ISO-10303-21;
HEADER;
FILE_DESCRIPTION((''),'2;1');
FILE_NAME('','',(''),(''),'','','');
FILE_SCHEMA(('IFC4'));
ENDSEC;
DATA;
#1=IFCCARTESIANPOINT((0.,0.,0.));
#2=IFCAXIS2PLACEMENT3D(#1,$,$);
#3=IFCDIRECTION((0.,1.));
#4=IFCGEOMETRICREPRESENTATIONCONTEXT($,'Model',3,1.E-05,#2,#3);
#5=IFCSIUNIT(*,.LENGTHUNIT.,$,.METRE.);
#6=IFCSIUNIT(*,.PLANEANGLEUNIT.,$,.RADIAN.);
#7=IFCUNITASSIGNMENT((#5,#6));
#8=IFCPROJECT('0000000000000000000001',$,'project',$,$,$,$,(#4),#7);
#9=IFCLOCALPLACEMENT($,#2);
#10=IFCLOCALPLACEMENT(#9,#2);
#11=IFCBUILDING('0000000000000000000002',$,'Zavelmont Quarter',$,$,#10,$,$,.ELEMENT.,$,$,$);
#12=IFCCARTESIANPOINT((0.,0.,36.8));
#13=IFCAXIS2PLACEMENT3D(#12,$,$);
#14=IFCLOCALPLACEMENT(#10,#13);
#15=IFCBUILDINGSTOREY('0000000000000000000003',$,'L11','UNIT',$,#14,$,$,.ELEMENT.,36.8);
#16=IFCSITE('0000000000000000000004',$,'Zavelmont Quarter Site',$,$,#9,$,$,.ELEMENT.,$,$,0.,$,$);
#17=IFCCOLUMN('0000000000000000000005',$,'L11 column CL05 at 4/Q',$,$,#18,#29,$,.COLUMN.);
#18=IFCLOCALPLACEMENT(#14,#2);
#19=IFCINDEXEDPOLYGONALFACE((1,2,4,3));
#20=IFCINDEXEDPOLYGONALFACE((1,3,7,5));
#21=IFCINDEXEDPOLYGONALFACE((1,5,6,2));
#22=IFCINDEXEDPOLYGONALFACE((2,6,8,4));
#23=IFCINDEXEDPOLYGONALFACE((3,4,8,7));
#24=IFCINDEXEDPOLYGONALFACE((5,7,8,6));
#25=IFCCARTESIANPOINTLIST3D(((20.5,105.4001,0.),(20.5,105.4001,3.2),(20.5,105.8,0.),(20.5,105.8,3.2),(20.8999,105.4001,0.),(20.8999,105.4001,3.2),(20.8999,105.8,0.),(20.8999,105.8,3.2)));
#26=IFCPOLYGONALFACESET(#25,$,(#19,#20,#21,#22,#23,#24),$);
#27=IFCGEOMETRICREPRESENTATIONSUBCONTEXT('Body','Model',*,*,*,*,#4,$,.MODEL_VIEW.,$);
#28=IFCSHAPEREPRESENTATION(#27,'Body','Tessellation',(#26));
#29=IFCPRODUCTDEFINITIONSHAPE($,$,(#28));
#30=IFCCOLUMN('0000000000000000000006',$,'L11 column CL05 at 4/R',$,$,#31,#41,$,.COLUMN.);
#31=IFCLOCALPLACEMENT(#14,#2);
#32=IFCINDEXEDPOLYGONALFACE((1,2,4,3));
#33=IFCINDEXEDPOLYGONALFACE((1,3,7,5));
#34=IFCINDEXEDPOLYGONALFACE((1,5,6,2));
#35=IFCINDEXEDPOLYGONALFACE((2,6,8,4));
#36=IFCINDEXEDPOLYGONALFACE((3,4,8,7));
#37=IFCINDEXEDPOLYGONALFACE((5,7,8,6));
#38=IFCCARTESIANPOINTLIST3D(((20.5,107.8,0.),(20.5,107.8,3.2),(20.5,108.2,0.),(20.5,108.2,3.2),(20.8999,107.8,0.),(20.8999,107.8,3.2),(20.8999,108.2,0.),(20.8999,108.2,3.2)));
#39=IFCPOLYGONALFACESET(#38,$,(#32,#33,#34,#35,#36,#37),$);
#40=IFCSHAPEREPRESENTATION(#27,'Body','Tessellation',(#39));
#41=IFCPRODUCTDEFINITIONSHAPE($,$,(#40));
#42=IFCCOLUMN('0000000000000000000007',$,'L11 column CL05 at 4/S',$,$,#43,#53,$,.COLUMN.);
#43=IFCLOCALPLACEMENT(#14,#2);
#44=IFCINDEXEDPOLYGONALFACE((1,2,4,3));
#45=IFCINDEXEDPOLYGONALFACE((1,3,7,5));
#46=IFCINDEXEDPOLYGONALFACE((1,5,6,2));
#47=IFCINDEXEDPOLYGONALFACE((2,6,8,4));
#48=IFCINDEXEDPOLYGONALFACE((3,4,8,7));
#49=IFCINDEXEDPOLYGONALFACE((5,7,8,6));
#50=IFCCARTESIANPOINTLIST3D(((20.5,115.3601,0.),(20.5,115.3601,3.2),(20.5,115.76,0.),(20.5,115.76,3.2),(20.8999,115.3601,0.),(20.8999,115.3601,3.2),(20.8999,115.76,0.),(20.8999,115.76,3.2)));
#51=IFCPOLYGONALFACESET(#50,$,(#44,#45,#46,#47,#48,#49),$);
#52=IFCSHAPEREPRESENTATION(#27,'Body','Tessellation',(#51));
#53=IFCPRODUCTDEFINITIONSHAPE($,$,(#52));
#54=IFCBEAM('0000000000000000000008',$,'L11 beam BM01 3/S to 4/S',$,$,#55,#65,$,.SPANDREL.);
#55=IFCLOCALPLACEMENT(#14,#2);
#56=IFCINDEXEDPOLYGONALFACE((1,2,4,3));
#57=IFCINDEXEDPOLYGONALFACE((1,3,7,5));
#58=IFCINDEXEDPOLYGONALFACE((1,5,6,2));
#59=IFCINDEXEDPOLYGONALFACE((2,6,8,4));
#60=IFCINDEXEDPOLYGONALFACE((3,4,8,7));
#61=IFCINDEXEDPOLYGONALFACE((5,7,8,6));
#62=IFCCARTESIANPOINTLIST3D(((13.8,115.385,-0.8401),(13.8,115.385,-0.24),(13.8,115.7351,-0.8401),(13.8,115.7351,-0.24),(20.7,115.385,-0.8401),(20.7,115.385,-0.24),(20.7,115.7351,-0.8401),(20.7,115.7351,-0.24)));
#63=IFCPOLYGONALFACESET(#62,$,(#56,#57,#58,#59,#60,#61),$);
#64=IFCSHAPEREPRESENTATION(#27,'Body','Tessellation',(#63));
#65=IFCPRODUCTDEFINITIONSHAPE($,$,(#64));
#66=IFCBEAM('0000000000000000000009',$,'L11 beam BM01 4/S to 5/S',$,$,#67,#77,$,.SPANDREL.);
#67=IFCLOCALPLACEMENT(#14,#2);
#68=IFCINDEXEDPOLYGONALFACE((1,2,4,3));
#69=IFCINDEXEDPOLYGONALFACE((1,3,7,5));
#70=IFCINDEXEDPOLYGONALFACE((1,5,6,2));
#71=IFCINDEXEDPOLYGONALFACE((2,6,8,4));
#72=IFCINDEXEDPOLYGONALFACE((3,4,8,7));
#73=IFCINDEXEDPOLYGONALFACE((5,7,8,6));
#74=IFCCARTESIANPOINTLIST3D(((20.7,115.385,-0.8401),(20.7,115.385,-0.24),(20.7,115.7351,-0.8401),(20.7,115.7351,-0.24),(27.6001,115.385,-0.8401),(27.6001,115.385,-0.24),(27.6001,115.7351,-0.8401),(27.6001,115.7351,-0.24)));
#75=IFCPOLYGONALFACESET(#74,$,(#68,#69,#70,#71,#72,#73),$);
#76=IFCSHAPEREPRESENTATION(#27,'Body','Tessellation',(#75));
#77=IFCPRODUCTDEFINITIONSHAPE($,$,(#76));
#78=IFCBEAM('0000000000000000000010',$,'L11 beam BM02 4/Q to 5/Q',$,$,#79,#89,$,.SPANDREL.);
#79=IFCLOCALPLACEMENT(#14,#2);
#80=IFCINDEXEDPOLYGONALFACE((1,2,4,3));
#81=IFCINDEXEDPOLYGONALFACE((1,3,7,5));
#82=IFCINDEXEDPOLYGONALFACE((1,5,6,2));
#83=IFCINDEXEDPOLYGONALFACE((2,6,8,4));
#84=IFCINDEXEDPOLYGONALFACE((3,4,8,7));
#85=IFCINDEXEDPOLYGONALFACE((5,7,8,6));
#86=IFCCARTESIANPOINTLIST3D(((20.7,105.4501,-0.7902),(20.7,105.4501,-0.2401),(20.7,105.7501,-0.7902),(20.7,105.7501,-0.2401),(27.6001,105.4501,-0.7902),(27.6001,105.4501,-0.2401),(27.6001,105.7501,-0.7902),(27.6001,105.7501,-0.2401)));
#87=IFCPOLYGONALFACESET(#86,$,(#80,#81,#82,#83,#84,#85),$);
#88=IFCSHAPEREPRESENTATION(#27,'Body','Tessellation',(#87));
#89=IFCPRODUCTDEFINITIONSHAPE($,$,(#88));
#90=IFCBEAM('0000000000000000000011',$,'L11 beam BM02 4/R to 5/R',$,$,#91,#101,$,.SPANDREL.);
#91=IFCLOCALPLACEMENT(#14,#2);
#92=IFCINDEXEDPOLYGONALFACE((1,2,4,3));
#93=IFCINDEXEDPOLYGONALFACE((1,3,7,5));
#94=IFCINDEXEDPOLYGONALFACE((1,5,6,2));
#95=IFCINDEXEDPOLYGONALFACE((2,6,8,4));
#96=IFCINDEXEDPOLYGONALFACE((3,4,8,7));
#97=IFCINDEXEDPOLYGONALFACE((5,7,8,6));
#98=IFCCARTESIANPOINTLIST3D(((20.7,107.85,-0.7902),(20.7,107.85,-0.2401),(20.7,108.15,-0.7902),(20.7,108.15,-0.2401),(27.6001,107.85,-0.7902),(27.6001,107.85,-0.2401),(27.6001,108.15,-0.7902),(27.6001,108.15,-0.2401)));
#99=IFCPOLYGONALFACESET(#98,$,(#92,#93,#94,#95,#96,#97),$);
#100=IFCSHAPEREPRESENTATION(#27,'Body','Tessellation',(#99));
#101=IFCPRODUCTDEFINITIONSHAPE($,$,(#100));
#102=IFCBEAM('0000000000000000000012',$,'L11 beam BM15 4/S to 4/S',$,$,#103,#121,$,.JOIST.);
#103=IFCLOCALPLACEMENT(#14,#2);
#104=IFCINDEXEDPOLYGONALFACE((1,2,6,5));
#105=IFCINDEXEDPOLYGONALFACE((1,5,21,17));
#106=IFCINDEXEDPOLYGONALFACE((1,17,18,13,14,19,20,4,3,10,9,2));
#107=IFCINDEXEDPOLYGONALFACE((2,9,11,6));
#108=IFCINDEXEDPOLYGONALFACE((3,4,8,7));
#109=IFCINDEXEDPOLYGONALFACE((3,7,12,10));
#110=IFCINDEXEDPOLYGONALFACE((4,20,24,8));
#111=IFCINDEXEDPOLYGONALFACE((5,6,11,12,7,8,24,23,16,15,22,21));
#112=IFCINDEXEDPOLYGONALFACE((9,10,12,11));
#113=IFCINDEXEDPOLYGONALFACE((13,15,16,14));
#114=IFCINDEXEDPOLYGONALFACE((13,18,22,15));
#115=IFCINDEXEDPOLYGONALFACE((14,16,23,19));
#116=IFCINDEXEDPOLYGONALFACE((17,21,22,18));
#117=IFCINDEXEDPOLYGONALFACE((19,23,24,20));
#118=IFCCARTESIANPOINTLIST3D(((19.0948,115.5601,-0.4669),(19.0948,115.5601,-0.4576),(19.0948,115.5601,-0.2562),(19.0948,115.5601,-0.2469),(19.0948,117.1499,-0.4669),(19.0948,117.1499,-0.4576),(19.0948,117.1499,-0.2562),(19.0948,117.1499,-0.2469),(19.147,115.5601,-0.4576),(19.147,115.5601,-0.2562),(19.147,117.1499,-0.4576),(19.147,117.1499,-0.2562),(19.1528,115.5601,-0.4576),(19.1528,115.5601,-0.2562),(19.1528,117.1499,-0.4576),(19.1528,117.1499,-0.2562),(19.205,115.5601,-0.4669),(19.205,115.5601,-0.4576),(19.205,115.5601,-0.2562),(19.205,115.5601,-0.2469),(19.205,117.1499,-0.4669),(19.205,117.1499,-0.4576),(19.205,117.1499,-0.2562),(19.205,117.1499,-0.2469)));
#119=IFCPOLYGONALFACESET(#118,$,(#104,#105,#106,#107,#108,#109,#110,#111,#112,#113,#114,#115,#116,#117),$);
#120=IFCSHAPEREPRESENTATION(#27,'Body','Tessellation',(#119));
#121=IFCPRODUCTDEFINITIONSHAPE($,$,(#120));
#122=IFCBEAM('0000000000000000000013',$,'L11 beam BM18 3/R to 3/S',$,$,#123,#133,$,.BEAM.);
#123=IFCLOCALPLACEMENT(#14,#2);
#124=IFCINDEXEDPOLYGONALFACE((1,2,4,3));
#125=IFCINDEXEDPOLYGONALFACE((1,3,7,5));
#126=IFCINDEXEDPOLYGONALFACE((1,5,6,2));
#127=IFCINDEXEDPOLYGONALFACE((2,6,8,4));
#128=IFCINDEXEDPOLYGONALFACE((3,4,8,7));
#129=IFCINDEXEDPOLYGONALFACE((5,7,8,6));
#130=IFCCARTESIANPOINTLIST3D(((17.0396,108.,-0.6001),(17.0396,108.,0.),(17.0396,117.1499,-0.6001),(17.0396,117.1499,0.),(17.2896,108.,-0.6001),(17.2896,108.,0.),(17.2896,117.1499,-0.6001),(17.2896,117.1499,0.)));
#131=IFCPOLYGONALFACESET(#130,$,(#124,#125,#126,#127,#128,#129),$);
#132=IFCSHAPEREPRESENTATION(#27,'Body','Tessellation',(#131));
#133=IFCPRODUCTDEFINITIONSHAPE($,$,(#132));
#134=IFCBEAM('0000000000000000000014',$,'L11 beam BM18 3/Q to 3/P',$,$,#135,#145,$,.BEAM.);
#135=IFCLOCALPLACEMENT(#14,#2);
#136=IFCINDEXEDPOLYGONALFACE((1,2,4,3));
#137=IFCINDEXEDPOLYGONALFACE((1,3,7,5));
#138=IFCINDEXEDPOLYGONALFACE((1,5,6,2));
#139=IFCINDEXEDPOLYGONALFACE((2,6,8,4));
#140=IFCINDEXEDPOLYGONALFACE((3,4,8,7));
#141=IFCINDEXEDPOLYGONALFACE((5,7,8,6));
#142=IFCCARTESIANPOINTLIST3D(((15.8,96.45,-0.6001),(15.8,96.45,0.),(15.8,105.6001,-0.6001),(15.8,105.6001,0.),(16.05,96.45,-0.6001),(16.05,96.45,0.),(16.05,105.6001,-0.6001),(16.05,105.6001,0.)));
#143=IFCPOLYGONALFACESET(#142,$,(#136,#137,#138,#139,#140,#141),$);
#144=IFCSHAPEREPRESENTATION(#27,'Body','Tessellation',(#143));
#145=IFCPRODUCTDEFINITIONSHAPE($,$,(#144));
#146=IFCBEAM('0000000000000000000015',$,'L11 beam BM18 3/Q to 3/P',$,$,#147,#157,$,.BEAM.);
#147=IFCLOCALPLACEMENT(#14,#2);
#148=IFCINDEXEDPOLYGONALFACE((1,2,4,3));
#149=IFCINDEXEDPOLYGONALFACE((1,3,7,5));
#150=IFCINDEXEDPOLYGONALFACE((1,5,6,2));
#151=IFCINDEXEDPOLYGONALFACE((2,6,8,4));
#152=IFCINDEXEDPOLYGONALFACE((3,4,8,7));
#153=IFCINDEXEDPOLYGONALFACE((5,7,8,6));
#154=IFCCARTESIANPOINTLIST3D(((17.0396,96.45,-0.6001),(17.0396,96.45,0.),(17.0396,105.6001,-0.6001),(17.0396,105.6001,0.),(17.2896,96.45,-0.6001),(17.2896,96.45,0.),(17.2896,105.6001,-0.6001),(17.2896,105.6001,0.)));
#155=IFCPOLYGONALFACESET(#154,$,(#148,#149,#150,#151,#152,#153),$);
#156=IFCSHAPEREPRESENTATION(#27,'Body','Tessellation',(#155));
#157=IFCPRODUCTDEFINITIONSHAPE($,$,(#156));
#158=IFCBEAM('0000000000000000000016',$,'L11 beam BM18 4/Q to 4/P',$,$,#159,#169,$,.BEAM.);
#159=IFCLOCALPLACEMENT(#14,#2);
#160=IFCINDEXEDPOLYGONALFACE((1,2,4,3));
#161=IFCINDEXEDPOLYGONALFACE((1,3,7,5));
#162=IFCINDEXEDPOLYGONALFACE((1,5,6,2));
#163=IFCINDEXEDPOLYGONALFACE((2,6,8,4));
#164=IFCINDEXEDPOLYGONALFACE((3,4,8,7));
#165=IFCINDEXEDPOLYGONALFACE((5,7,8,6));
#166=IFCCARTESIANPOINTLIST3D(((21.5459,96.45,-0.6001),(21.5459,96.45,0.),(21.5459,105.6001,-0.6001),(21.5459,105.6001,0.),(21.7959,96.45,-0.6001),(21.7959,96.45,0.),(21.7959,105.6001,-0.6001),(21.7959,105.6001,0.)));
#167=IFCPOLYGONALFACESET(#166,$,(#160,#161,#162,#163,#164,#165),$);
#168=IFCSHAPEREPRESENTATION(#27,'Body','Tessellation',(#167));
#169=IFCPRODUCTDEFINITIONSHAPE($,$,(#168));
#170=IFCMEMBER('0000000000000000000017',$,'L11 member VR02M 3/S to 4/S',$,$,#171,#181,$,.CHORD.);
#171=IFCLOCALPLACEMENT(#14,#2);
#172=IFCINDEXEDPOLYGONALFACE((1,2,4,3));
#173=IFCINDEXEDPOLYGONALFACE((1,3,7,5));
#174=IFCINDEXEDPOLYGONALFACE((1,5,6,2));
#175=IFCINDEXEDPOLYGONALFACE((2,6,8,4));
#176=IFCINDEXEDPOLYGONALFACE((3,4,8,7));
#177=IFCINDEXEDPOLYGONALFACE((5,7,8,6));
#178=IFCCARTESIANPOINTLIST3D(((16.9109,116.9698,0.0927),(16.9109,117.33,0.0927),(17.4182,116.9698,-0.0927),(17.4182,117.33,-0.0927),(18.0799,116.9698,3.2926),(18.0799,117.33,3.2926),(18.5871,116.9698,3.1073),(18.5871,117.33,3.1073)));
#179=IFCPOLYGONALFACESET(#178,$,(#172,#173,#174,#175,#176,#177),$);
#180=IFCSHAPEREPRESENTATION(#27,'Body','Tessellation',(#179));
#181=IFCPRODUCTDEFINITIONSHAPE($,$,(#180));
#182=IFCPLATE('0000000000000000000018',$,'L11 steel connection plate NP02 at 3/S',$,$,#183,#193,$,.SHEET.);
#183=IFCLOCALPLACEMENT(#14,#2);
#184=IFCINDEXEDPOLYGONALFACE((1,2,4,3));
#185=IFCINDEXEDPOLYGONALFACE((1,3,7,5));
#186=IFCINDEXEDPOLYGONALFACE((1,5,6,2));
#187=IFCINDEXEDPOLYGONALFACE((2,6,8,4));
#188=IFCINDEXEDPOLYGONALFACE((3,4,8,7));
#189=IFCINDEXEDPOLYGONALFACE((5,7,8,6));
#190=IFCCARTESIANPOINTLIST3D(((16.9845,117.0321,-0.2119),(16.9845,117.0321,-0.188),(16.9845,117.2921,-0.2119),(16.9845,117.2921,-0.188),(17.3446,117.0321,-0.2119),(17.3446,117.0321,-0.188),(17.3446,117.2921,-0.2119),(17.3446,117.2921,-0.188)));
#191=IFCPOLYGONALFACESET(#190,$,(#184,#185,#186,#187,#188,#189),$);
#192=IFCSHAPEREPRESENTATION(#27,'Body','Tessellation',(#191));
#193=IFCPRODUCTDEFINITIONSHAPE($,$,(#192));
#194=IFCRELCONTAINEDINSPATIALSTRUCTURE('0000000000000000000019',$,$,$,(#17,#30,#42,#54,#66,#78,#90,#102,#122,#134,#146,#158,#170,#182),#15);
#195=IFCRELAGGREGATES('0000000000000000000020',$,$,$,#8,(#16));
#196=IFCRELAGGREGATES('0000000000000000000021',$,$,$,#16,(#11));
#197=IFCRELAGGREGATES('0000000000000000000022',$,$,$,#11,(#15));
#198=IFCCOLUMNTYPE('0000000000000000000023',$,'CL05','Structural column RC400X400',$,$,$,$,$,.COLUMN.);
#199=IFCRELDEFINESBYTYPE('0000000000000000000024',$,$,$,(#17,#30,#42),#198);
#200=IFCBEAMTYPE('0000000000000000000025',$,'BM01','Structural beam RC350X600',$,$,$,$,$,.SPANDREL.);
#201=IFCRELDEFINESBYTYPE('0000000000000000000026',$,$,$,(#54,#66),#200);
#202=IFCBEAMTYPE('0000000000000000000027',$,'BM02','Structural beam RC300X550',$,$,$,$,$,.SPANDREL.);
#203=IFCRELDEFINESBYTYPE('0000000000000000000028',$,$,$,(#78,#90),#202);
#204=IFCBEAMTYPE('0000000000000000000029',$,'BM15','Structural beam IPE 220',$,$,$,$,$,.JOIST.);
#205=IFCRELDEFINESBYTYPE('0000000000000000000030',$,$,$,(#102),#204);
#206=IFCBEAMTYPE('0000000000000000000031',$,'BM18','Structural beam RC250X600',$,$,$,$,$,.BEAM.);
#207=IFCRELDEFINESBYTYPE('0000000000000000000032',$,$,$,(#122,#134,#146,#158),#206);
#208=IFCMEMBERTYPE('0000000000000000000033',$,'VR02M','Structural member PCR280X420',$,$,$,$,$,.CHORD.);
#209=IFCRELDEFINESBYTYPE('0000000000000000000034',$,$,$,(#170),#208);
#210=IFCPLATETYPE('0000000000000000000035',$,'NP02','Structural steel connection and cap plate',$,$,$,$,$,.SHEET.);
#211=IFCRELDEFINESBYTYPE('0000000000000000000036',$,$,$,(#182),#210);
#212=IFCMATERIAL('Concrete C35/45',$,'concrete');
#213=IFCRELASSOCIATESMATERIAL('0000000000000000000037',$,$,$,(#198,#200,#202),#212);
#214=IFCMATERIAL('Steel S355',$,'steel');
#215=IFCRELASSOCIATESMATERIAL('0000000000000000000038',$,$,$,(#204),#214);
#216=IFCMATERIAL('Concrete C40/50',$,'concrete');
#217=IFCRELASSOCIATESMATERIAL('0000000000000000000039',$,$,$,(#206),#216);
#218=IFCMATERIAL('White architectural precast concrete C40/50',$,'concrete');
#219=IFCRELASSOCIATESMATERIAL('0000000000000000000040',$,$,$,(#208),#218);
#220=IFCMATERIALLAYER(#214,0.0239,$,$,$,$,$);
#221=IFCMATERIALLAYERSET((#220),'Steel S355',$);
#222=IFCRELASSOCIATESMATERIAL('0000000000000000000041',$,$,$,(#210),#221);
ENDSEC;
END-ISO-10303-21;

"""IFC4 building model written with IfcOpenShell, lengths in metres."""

from ifc_helpers import new_model, si_unit, direction, frame, origin, origin_2d, place, context, subcontext, project, spatial, rectangle, i_section, extrude, material, layer, layer_set, material_profile, profile_set, type_object, element, save


model = new_model("IFC4")

# Units and contexts
model_context = context("Model", 3, precision=1e-05, world=origin(), true_north=direction((0.0, 1.0)))
body_context = subcontext(model_context, "Body", "Model", "MODEL_VIEW")
ifc_project = project(units=[si_unit("LENGTHUNIT", "METRE"), si_unit("PLANEANGLEUNIT", "RADIAN")], contexts=[model_context])

# Site, building, storey
site_placement = place(None, origin())
site = spatial("IfcSite", under=ifc_project, at=site_placement, Name="Zavelmont Quarter Site", CompositionType="ELEMENT", RefElevation=0.0)
building_placement = place(site_placement, origin())
building = spatial("IfcBuilding", under=site, at=building_placement, Name="Zavelmont Quarter", CompositionType="ELEMENT")
storey_placement = place(building_placement, frame((0.0, 0.0, 36.8)))
storey = spatial("IfcBuildingStorey", under=building, at=storey_placement, Name="L11", Description="UNIT", CompositionType="ELEMENT", Elevation=36.8)

# Columns
ifc_material_1 = material(Name="Concrete C35/45", Category="concrete")
ifc_material_profile_1 = material_profile(ifc_material_1, rectangle(XDim=0.3999, YDim=0.3999, at=origin_2d()), Name="RC400X400")
ifc_profile_set_1 = profile_set([ifc_material_profile_1], Name="Concrete C35/45")
column_type = type_object("IfcColumnType", Name="CL05", Description="Structural column RC400X400", PredefinedType="COLUMN", material=ifc_profile_set_1)
for number, where, z_axis, x_axis, name in (
    (1, (20.7, 105.6001, 0.0), (0.0, 0.0, 1.0), (1.0, 0.0, 0.0), "L11 column CL05 at 4/Q"),
    (2, (20.7, 108.0, 0.0), (0.0, 0.0, 1.0), (1.0, 0.0, 0.0), "L11 column CL05 at 4/R"),
    (3, (20.7, 115.5601, 0.0), (0.0, 0.0, 1.0), (1.0, 0.0, 0.0), "L11 column CL05 at 4/S"),
):
    element("IfcColumn", number, at=place(storey_placement, frame(where, z_axis=z_axis, x_axis=x_axis)), inside=storey, type_object=column_type, Name=name, PredefinedType="COLUMN", context=body_context, shape_type="SweptSolid", body=[
        extrude(rectangle(XDim=0.3999, YDim=0.3999, at=origin_2d()), origin(), (0.0, 0.0, 1.0), 3.2),
    ])

# Beams
ifc_material_profile_2 = material_profile(ifc_material_1, rectangle(XDim=0.3501, YDim=0.6001, at=origin_2d()), Name="RC350X600")
ifc_profile_set_2 = profile_set([ifc_material_profile_2], Name="Concrete C35/45")
beam_type_1 = type_object("IfcBeamType", Name="BM01", Description="Structural beam RC350X600", PredefinedType="SPANDREL", material=ifc_profile_set_2)
beam_1_placement = place(storey_placement, frame((13.8, 115.5601, -0.54), z_axis=(1.0, 0.0, 0.0), x_axis=(0.0, 1.0, 0.0)))
element("IfcBeam", 4, at=beam_1_placement, inside=storey, type_object=beam_type_1, Name="L11 beam BM01 3/S to 4/S", PredefinedType="SPANDREL", context=body_context, shape_type="SweptSolid", body=[
    extrude(rectangle(XDim=0.3501, YDim=0.6001, at=origin_2d()), origin(), (0.0, 0.0, 1.0), 6.8999),
])
beam_2_placement = place(storey_placement, frame((20.7, 115.5601, -0.54), z_axis=(1.0, 0.0, 0.0), x_axis=(0.0, 1.0, 0.0)))
element("IfcBeam", 5, at=beam_2_placement, inside=storey, type_object=beam_type_1, Name="L11 beam BM01 4/S to 5/S", PredefinedType="SPANDREL", context=body_context, shape_type="SweptSolid", body=[
    extrude(rectangle(XDim=0.3501, YDim=0.6001, at=origin_2d()), origin(), (0.0, 0.0, 1.0), 6.9001),
])
ifc_material_profile_3 = material_profile(ifc_material_1, rectangle(XDim=0.3, YDim=0.55, at=origin_2d()), Name="RC300X550")
ifc_profile_set_3 = profile_set([ifc_material_profile_3], Name="Concrete C35/45")
beam_type_2 = type_object("IfcBeamType", Name="BM02", Description="Structural beam RC300X550", PredefinedType="SPANDREL", material=ifc_profile_set_3)
for number, where, z_axis, x_axis, name in (
    (6, (20.7, 105.6001, -0.5151), (1.0, 0.0, 0.0), (0.0, 1.0, 0.0), "L11 beam BM02 4/Q to 5/Q"),
    (7, (20.7, 108.0, -0.5151), (1.0, 0.0, 0.0), (0.0, 1.0, 0.0), "L11 beam BM02 4/R to 5/R"),
):
    element("IfcBeam", number, at=place(storey_placement, frame(where, z_axis=z_axis, x_axis=x_axis)), inside=storey, type_object=beam_type_2, Name=name, PredefinedType="SPANDREL", context=body_context, shape_type="SweptSolid", body=[
        extrude(rectangle(XDim=0.3, YDim=0.55, at=origin_2d()), origin(), (0.0, 0.0, 1.0), 6.9001),
    ])
ifc_material_2 = material(Name="Steel S355", Category="steel")
ifc_material_profile_4 = material_profile(ifc_material_2, i_section(OverallWidth=0.1101, OverallDepth=0.22, WebThickness=0.0059, FlangeThickness=0.0093, at=origin_2d()), Name="IPE 220")
ifc_profile_set_4 = profile_set([ifc_material_profile_4], Name="Steel S355")
beam_type_3 = type_object("IfcBeamType", Name="BM15", Description="Structural beam IPE 220", PredefinedType="JOIST", material=ifc_profile_set_4)
beam_3_placement = place(storey_placement, frame((19.1499, 115.5601, -0.3569), z_axis=(0.0, 1.0, 0.0), x_axis=(-1.0, 0.0, 0.0)))
element("IfcBeam", 8, at=beam_3_placement, inside=storey, type_object=beam_type_3, Name="L11 beam BM15 4/S to 4/S", PredefinedType="JOIST", context=body_context, shape_type="SweptSolid", body=[
    extrude(i_section(OverallWidth=0.1101, OverallDepth=0.22, WebThickness=0.0059, FlangeThickness=0.0093, at=origin_2d()), origin(), (0.0, 0.0, 1.0), 1.5898),
])
ifc_material_3 = material(Name="Concrete C40/50", Category="concrete")
ifc_material_profile_5 = material_profile(ifc_material_3, rectangle(XDim=0.25, YDim=0.6001, at=origin_2d()), Name="RC250X600")
ifc_profile_set_5 = profile_set([ifc_material_profile_5], Name="Concrete C40/50")
beam_type_4 = type_object("IfcBeamType", Name="BM18", Description="Structural beam RC250X600", PredefinedType="BEAM", material=ifc_profile_set_5)
beam_4_placement = place(storey_placement, frame((17.1646, 108.0, -0.3), z_axis=(0.0, 1.0, 0.0), x_axis=(-1.0, 0.0, 0.0)))
element("IfcBeam", 9, at=beam_4_placement, inside=storey, type_object=beam_type_4, Name="L11 beam BM18 3/R to 3/S", PredefinedType="BEAM", context=body_context, shape_type="SweptSolid", body=[
    extrude(rectangle(XDim=0.25, YDim=0.6001, at=origin_2d()), origin(), (0.0, 0.0, 1.0), 9.1499),
])
for number, where, z_axis, x_axis, name in (
    (10, (15.925, 105.6001, -0.3), (0.0, -1.0, 0.0), (1.0, 0.0, 0.0), "L11 beam BM18 3/Q to 3/P"),
    (11, (17.1646, 105.6001, -0.3), (0.0, -1.0, 0.0), (1.0, 0.0, 0.0), "L11 beam BM18 3/Q to 3/P"),
    (12, (21.6709, 105.6001, -0.3), (0.0, -1.0, 0.0), (1.0, 0.0, 0.0), "L11 beam BM18 4/Q to 4/P"),
):
    element("IfcBeam", number, at=place(storey_placement, frame(where, z_axis=z_axis, x_axis=x_axis)), inside=storey, type_object=beam_type_4, Name=name, PredefinedType="BEAM", context=body_context, shape_type="SweptSolid", body=[
        extrude(rectangle(XDim=0.25, YDim=0.6001, at=origin_2d()), origin(), (0.0, 0.0, 1.0), 9.1501),
    ])

# Member
ifc_material_4 = material(Name="White architectural precast concrete C40/50", Category="concrete")
ifc_material_profile_6 = material_profile(ifc_material_4, rectangle(XDim=0.3601, YDim=0.54, at=origin_2d()), Name="PCR280X420")
ifc_profile_set_6 = profile_set([ifc_material_profile_6], Name="White architectural precast concrete C40/50")
member_type = type_object("IfcMemberType", Name="VR02M", Description="Structural member PCR280X420", PredefinedType="CHORD", material=ifc_profile_set_6)
member_placement = place(storey_placement, frame((17.1646, 117.1499, 0.0), z_axis=(0.343124, 0.0, 0.93929), x_axis=(0.0, 1.0, 0.0)))
element("IfcMember", 13, at=member_placement, inside=storey, type_object=member_type, Name="L11 member VR02M 3/S to 4/S", PredefinedType="CHORD", context=body_context, shape_type="SweptSolid", body=[
    extrude(rectangle(XDim=0.3601, YDim=0.54, at=origin_2d()), origin(), (0.0, 0.0, 1.0), 3.4067),
])

# Plate
ifc_layer_1 = layer(ifc_material_2, 0.0239)
ifc_layer_set_1 = layer_set([ifc_layer_1], Name="Steel S355")
plate_type = type_object("IfcPlateType", Name="NP02", Description="Structural steel connection and cap plate", PredefinedType="SHEET", material=ifc_layer_set_1)
plate_placement = place(storey_placement, frame((17.1646, 117.1621, -0.2119), z_axis=(0.0, 0.0, 1.0), x_axis=(1.0, 0.0, 0.0)))
element("IfcPlate", 14, at=plate_placement, inside=storey, type_object=plate_type, Name="L11 steel connection plate NP02 at 3/S", PredefinedType="SHEET", context=body_context, shape_type="SweptSolid", body=[
    extrude(rectangle(XDim=0.3601, YDim=0.26, at=origin_2d()), origin(), (0.0, 0.0, 1.0), 0.0239),
])

save(model, "model.ifc")
